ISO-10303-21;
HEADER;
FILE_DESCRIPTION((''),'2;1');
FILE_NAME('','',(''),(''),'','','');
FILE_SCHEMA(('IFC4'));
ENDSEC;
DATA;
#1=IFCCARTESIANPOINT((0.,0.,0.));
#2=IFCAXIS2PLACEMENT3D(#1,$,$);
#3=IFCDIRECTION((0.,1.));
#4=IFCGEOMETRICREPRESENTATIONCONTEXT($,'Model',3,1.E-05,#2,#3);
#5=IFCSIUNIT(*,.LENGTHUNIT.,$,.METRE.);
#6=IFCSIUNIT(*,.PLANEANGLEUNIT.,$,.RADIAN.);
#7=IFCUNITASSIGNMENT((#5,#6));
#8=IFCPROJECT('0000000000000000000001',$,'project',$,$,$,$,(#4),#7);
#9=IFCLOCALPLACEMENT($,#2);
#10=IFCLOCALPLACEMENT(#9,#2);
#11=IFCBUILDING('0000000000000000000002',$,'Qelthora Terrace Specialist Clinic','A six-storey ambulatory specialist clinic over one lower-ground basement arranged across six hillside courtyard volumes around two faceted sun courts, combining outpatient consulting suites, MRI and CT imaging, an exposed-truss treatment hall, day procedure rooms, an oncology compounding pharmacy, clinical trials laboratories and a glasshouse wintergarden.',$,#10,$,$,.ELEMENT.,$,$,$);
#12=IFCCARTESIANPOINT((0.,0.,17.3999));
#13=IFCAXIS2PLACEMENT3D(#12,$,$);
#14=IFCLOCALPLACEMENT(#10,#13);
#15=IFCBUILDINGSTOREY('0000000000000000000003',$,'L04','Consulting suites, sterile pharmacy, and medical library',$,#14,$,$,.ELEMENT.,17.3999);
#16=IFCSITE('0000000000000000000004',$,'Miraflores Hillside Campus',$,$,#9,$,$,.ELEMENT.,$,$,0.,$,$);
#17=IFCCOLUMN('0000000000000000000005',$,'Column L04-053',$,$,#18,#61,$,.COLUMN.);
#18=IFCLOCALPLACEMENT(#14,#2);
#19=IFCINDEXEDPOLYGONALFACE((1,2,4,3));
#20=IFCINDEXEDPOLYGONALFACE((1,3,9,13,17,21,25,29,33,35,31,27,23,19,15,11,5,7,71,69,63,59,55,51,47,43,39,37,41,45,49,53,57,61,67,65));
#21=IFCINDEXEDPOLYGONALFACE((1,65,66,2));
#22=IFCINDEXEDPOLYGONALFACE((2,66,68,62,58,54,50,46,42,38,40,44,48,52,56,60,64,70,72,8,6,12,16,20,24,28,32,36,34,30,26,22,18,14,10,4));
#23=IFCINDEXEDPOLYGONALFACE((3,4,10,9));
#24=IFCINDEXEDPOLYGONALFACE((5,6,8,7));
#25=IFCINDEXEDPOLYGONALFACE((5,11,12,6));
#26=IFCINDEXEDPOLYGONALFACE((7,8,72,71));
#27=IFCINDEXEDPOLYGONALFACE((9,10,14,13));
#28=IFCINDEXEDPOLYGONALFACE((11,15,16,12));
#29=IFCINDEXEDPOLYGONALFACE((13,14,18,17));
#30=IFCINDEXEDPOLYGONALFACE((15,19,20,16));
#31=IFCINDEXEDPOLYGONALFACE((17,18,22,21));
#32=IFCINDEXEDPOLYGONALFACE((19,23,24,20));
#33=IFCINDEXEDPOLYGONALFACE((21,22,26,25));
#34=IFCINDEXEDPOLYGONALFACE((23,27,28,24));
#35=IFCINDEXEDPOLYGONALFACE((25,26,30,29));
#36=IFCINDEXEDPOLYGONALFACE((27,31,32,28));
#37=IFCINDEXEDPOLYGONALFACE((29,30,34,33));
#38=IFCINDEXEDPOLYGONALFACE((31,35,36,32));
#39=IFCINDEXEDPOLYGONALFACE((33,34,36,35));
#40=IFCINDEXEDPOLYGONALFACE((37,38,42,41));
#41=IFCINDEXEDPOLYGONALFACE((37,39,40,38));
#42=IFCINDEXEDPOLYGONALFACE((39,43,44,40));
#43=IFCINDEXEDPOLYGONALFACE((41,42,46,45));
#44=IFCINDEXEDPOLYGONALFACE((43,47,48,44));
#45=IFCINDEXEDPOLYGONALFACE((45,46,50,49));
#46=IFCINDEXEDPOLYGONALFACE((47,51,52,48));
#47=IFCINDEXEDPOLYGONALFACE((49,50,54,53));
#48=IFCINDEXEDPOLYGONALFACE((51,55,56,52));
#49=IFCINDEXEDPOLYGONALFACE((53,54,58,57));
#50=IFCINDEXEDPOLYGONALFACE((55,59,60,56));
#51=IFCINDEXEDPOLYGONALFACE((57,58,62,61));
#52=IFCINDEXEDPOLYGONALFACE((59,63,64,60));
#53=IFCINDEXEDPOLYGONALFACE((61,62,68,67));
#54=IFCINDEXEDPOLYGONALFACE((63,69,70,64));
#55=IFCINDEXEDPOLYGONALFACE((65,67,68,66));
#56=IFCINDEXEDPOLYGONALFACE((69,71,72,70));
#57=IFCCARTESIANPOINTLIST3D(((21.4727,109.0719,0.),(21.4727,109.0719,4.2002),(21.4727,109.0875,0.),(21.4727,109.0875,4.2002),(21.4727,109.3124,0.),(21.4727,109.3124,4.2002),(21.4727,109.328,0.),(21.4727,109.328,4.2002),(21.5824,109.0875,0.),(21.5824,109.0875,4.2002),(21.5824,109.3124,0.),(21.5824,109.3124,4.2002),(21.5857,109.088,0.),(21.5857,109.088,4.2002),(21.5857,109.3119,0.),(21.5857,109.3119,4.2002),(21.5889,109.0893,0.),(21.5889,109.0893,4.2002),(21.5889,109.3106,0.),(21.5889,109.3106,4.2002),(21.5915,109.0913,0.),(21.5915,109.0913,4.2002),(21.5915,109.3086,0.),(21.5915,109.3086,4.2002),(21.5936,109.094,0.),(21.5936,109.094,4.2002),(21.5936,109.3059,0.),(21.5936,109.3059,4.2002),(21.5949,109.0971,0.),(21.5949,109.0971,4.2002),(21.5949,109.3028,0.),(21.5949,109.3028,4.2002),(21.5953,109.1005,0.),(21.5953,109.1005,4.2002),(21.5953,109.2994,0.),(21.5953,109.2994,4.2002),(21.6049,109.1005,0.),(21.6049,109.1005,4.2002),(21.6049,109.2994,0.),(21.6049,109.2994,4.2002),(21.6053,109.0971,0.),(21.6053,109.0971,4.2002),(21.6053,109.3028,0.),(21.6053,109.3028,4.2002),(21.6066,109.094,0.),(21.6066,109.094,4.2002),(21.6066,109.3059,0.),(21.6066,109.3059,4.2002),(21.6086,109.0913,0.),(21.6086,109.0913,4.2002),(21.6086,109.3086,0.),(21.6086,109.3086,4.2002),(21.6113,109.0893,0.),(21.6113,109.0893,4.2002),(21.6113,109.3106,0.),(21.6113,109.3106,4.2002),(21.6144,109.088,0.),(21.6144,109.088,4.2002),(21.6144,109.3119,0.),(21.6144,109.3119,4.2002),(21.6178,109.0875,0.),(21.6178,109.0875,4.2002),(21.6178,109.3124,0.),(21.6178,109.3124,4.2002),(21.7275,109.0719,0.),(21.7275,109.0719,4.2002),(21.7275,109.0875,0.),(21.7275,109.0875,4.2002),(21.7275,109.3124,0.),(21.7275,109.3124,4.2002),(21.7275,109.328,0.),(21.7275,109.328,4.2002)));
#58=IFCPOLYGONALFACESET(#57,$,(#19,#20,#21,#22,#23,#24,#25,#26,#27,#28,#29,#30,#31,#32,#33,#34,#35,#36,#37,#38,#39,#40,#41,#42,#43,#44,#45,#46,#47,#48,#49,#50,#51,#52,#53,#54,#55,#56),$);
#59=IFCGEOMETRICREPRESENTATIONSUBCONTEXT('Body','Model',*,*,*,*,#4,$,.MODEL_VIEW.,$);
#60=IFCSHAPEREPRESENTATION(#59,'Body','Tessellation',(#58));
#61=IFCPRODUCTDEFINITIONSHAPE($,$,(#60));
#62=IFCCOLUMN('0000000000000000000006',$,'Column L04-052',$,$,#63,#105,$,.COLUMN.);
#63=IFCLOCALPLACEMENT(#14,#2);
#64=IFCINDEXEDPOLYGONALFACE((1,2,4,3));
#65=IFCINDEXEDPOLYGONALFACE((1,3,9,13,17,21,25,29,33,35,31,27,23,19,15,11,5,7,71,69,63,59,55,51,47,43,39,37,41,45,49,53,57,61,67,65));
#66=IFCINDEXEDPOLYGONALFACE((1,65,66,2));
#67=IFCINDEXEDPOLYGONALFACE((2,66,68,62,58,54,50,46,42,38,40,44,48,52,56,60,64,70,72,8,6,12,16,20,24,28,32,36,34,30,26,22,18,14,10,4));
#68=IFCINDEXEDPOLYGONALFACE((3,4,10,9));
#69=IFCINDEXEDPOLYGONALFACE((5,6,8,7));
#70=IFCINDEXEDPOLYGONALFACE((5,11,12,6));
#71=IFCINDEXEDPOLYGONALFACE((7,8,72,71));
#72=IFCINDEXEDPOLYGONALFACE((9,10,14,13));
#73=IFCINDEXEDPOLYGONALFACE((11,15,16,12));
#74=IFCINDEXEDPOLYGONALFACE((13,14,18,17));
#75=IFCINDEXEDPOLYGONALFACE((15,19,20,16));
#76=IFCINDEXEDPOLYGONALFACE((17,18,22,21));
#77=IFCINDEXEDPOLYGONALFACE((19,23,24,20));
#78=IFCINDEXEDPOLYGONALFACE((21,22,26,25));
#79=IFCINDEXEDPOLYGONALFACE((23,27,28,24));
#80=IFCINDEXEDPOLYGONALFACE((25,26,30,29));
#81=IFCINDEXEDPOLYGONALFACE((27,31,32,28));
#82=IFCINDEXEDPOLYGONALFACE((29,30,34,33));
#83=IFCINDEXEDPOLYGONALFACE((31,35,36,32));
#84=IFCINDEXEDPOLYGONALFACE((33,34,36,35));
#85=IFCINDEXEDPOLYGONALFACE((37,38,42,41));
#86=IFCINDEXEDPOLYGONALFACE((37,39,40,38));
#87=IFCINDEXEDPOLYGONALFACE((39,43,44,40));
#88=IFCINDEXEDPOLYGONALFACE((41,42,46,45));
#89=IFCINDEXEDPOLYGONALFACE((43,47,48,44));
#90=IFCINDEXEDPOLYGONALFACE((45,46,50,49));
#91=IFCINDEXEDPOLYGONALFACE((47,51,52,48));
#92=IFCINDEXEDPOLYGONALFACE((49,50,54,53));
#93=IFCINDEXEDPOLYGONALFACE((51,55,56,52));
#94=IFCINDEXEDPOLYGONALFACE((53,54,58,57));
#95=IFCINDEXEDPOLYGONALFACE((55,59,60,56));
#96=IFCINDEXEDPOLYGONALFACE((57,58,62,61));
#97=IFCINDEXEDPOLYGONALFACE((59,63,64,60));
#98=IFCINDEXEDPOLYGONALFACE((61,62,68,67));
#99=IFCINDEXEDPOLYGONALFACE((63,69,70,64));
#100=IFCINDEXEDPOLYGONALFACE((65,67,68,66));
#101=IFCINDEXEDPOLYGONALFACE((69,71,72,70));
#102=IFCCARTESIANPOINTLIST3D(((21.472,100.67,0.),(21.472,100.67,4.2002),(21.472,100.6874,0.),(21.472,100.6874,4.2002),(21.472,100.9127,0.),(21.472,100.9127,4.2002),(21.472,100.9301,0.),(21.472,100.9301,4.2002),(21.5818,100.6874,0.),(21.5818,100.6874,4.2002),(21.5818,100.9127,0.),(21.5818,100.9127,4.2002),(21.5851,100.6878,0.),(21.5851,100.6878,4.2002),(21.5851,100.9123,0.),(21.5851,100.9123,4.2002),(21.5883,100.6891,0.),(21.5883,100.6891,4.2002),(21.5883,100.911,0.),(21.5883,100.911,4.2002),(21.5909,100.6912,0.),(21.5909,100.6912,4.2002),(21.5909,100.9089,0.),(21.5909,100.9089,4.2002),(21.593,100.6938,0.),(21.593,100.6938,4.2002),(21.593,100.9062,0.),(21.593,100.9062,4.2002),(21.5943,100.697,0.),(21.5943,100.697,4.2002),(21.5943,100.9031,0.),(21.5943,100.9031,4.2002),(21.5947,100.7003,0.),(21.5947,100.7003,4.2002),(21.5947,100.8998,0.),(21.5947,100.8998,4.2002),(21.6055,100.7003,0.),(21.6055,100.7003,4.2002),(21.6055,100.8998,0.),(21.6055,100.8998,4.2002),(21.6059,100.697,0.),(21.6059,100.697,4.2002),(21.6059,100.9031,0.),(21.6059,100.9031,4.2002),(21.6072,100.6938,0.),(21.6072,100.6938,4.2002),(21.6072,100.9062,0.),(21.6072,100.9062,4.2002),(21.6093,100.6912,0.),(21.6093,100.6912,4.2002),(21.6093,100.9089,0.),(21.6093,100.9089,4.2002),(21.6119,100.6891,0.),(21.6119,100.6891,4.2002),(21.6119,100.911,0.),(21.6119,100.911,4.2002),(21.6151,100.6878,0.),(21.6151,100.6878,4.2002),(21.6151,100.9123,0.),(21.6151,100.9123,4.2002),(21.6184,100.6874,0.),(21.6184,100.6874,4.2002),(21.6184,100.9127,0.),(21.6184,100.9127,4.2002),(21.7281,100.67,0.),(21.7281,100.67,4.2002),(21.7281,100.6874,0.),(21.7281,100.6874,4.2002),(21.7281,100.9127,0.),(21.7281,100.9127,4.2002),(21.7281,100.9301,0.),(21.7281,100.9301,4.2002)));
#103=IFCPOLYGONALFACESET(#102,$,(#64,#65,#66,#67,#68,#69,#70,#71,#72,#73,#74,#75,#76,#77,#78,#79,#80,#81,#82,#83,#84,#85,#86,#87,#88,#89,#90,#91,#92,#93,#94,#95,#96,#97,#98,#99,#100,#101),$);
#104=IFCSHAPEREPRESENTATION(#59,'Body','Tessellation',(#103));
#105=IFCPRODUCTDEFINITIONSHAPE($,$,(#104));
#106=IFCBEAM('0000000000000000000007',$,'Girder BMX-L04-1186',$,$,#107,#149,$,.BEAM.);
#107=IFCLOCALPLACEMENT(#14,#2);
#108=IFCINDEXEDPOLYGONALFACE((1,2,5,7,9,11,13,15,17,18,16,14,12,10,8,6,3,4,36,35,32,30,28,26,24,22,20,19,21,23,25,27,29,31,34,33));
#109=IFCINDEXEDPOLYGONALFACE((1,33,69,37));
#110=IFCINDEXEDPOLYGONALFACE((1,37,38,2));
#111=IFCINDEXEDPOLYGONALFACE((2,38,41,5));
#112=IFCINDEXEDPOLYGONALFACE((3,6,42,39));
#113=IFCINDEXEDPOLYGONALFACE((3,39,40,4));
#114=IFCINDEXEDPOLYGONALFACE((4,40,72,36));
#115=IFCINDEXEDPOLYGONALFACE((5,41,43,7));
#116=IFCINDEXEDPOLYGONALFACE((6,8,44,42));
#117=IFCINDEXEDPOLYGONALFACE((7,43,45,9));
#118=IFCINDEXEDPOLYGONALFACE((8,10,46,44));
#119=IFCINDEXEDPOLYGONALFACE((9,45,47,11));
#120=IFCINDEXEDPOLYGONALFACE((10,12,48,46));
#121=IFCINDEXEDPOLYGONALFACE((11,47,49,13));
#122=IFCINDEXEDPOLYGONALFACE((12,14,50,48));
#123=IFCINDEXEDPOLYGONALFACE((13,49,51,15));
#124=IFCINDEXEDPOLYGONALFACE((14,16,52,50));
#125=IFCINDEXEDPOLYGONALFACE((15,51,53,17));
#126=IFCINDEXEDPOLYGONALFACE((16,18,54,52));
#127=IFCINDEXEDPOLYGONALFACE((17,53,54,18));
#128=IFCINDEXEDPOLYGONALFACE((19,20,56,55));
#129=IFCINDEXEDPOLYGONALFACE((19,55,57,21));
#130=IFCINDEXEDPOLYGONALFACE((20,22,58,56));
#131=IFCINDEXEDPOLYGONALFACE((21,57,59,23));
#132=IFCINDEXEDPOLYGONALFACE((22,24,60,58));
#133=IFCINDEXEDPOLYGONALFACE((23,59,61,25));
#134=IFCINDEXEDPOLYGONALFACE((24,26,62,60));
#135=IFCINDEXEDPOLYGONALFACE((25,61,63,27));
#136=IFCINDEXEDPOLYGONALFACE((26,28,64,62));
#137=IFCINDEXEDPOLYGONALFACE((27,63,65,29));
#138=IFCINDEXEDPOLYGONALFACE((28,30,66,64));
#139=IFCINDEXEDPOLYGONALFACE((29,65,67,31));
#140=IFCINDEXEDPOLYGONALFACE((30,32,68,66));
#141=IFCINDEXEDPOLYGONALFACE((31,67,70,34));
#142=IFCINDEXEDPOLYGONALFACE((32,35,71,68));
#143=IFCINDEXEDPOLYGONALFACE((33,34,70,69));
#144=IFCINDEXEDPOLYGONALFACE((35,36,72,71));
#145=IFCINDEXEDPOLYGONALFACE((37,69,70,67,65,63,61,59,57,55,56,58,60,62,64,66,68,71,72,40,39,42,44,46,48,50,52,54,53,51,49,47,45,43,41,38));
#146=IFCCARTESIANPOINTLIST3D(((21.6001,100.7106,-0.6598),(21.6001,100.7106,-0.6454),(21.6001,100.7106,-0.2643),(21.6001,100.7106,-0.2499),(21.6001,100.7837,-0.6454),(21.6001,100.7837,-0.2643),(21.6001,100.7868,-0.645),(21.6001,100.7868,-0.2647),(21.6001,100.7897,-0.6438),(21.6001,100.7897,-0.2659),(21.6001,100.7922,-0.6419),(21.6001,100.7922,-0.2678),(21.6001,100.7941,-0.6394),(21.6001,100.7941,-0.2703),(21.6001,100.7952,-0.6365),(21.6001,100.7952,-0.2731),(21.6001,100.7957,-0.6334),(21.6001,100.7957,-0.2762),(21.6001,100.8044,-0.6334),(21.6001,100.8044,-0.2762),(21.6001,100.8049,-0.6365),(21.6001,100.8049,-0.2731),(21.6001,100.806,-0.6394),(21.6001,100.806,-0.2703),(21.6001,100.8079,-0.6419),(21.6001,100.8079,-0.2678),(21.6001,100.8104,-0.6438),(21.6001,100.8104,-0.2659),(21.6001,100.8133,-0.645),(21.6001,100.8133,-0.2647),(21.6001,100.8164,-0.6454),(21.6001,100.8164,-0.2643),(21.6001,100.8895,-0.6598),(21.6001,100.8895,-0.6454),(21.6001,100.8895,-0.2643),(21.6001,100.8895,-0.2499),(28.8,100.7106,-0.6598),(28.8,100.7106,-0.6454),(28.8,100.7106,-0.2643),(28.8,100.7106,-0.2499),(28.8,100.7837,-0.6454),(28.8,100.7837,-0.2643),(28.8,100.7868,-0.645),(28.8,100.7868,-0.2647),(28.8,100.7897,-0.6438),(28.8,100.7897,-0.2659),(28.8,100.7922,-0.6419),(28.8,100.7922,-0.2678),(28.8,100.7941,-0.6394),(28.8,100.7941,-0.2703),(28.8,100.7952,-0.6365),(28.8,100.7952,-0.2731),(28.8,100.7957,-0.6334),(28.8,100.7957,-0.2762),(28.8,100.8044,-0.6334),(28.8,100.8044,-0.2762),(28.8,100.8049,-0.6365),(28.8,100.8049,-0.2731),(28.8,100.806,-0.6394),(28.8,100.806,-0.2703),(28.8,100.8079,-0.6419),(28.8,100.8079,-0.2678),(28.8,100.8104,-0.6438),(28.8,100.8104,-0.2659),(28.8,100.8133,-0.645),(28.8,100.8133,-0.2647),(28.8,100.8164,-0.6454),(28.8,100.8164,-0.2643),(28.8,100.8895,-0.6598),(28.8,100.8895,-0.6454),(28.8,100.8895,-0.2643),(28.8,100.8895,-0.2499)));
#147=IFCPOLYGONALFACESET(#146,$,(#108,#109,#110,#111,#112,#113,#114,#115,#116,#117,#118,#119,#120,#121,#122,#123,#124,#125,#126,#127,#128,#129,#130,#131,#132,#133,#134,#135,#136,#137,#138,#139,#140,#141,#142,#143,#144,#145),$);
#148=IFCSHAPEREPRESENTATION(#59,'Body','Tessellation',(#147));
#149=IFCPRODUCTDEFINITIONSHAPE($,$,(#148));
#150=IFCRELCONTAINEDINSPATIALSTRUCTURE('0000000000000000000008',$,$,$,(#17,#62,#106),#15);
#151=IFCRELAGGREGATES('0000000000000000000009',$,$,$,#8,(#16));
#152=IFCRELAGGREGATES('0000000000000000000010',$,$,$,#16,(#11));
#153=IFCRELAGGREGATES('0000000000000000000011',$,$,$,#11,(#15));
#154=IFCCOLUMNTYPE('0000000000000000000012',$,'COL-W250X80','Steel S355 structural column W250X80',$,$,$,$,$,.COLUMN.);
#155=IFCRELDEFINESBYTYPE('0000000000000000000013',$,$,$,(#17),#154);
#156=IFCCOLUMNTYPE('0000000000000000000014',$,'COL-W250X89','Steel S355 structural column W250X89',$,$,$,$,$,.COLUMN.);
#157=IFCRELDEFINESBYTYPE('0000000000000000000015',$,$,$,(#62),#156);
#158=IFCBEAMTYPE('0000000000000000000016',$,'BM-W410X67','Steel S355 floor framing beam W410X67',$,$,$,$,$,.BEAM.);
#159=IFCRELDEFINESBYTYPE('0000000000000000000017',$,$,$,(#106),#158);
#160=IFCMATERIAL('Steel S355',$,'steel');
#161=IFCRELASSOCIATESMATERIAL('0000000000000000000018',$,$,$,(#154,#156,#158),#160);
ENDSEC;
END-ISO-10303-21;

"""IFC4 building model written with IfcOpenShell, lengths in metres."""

from ifc_helpers import new_model, si_unit, direction, frame, origin, origin_2d, place, context, subcontext, project, spatial, i_section, extrude, material, material_profile, profile_set, type_object, element, save


model = new_model("IFC4")

# Units and contexts
model_context = context("Model", 3, precision=1e-05, world=origin(), true_north=direction((0.0, 1.0)))
body_context = subcontext(model_context, "Body", "Model", "MODEL_VIEW")
ifc_project = project(units=[si_unit("LENGTHUNIT", "METRE"), si_unit("PLANEANGLEUNIT", "RADIAN")], contexts=[model_context])

# Site, building, storey
site_placement = place(None, origin())
site = spatial("IfcSite", under=ifc_project, at=site_placement, Name="Miraflores Hillside Campus", CompositionType="ELEMENT", RefElevation=0.0)
building_placement = place(site_placement, origin())
building = spatial("IfcBuilding", under=site, at=building_placement, Name="Qelthora Terrace Specialist Clinic", Description="A six-storey ambulatory specialist clinic over one lower-ground basement arranged across six hillside courtyard volumes around two faceted sun courts, combining outpatient consulting suites, MRI and CT imaging, an exposed-truss treatment hall, day procedure rooms, an oncology compounding pharmacy, clinical trials laboratories and a glasshouse wintergarden.", CompositionType="ELEMENT")
storey_placement = place(building_placement, frame((0.0, 0.0, 17.3999)))
storey = spatial("IfcBuildingStorey", under=building, at=storey_placement, Name="L04", Description="Consulting suites, sterile pharmacy, and medical library", CompositionType="ELEMENT", Elevation=17.3999)

# Columns
ifc_material_1 = material(Name="Steel S355", Category="steel")
ifc_material_profile_1 = material_profile(ifc_material_1, i_section(OverallWidth=0.2549, OverallDepth=0.2561, WebThickness=0.0095, FlangeThickness=0.0156, FilletRadius=0.0129, at=origin_2d()), Name="W250X80")
ifc_profile_set_1 = profile_set([ifc_material_profile_1], Name="Steel S355")
column_type_1 = type_object("IfcColumnType", Name="COL-W250X80", Description="Steel S355 structural column W250X80", PredefinedType="COLUMN", material=ifc_profile_set_1)
column_1_placement = place(storey_placement, frame((21.6001, 109.2, 0.0), z_axis=(0.0, 0.0, 1.0), x_axis=(1.0, 0.0, 0.0)))
element("IfcColumn", 1, at=column_1_placement, inside=storey, type_object=column_type_1, Name="Column L04-053", PredefinedType="COLUMN", context=body_context, shape_type="SweptSolid", body=[
    extrude(i_section(OverallWidth=0.2549, OverallDepth=0.2561, WebThickness=0.0095, FlangeThickness=0.0156, FilletRadius=0.0129, at=origin_2d()), origin(), (0.0, 0.0, 1.0), 4.2002),
])
ifc_material_profile_2 = material_profile(ifc_material_1, i_section(OverallWidth=0.2561, OverallDepth=0.26, WebThickness=0.0107, FlangeThickness=0.0173, FilletRadius=0.0129, at=origin_2d()), Name="W250X89")
ifc_profile_set_2 = profile_set([ifc_material_profile_2], Name="Steel S355")
column_type_2 = type_object("IfcColumnType", Name="COL-W250X89", Description="Steel S355 structural column W250X89", PredefinedType="COLUMN", material=ifc_profile_set_2)
column_2_placement = place(storey_placement, frame((21.6001, 100.8, 0.0), z_axis=(0.0, 0.0, 1.0), x_axis=(1.0, 0.0, 0.0)))
element("IfcColumn", 2, at=column_2_placement, inside=storey, type_object=column_type_2, Name="Column L04-052", PredefinedType="COLUMN", context=body_context, shape_type="SweptSolid", body=[
    extrude(i_section(OverallWidth=0.2561, OverallDepth=0.26, WebThickness=0.0107, FlangeThickness=0.0173, FilletRadius=0.0129, at=origin_2d()), origin(), (0.0, 0.0, 1.0), 4.2002),
])

# Beam
ifc_material_profile_3 = material_profile(ifc_material_1, i_section(OverallWidth=0.179, OverallDepth=0.4099, WebThickness=0.0088, FlangeThickness=0.0144, FilletRadius=0.012, at=origin_2d()), Name="W410X67")
ifc_profile_set_3 = profile_set([ifc_material_profile_3], Name="Steel S355")
beam_type_1 = type_object("IfcBeamType", Name="BM-W410X67", Description="Steel S355 floor framing beam W410X67", PredefinedType="BEAM", material=ifc_profile_set_3)
beam_1_placement = place(storey_placement, frame((21.6001, 100.8, -0.4548), z_axis=(1.0, 0.0, 0.0), x_axis=(0.0, 1.0, 0.0)))
element("IfcBeam", 3, at=beam_1_placement, inside=storey, type_object=beam_type_1, Name="Girder BMX-L04-1186", PredefinedType="BEAM", context=body_context, shape_type="SweptSolid", body=[
    extrude(i_section(OverallWidth=0.179, OverallDepth=0.4099, WebThickness=0.0088, FlangeThickness=0.0144, FilletRadius=0.012, at=origin_2d()), origin(), (0.0, 0.0, 1.0), 7.2),
])

save(model, "model.ifc")
